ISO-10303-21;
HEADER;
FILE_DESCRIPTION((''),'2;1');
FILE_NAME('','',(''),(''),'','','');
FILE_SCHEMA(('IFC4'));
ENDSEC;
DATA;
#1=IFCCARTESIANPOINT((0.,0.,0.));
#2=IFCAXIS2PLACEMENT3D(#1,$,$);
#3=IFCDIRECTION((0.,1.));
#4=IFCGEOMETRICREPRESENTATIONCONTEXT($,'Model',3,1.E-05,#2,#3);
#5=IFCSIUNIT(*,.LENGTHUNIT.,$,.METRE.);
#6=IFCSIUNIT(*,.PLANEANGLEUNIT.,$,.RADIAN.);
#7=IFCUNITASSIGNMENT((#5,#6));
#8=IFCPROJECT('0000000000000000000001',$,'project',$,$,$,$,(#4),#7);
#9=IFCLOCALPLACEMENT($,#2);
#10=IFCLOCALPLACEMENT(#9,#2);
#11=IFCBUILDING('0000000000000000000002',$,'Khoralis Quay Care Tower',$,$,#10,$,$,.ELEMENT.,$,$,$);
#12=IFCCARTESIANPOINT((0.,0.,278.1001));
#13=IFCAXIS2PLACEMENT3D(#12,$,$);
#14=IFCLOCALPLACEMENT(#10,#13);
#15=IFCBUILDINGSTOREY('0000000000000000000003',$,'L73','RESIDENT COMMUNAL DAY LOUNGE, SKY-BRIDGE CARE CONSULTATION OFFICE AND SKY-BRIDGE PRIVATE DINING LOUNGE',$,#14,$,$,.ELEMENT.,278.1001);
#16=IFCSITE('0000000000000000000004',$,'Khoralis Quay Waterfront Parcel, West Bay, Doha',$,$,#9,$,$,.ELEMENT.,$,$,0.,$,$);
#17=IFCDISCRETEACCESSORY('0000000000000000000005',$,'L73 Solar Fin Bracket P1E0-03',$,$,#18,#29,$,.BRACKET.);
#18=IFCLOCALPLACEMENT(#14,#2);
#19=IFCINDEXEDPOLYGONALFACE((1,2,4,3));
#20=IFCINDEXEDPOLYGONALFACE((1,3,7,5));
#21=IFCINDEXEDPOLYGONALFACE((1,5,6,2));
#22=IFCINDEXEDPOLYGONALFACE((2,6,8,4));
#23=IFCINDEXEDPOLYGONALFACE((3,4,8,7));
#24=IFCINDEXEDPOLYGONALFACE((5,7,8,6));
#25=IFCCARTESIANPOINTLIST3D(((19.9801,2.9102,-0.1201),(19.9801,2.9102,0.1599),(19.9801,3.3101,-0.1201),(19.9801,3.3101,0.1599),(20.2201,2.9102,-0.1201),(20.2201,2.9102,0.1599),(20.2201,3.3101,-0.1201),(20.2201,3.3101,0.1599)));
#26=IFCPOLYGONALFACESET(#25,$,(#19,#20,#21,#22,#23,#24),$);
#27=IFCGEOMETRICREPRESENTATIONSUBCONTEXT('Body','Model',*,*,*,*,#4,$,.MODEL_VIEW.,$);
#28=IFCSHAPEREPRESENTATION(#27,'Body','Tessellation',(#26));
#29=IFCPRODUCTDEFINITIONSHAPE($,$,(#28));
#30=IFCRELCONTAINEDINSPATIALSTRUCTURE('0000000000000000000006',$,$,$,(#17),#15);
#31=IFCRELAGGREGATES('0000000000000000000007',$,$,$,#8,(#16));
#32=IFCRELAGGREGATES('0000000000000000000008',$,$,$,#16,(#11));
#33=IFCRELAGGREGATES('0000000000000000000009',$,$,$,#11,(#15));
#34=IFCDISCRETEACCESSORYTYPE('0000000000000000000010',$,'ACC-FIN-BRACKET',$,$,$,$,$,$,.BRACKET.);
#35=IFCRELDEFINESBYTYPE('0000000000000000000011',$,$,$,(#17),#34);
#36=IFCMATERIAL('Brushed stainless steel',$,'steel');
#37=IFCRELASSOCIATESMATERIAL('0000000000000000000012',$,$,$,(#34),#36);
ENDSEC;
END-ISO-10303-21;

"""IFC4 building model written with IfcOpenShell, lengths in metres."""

from ifc_helpers import new_model, si_unit, direction, frame, origin, origin_2d, place, context, subcontext, project, spatial, rectangle, extrude, source, transform, mapped, material, type_object, element, save


model = new_model("IFC4")

# Units and contexts
model_context = context("Model", 3, precision=1e-05, world=origin(), true_north=direction((0.0, 1.0)))
body_context = subcontext(model_context, "Body", "Model", "MODEL_VIEW")
ifc_project = project(units=[si_unit("LENGTHUNIT", "METRE"), si_unit("PLANEANGLEUNIT", "RADIAN")], contexts=[model_context])

# Site, building, storey
site_placement = place(None, origin())
site = spatial("IfcSite", under=ifc_project, at=site_placement, Name="Khoralis Quay Waterfront Parcel, West Bay, Doha", CompositionType="ELEMENT", RefElevation=0.0)
building_placement = place(site_placement, origin())
building = spatial("IfcBuilding", under=site, at=building_placement, Name="Khoralis Quay Care Tower", CompositionType="ELEMENT")
storey_placement = place(building_placement, frame((0.0, 0.0, 278.1001)))
storey = spatial("IfcBuildingStorey", under=building, at=storey_placement, Name="L73", Description="RESIDENT COMMUNAL DAY LOUNGE, SKY-BRIDGE CARE CONSULTATION OFFICE AND SKY-BRIDGE PRIVATE DINING LOUNGE", CompositionType="ELEMENT", Elevation=278.1001)

# Discrete accessory
ifc_material_1 = material(Name="Brushed stainless steel", Category="steel")
discrete_accessory_type = type_object("IfcDiscreteAccessoryType", Name="ACC-FIN-BRACKET", PredefinedType="BRACKET", material=ifc_material_1)
shared_shape_1 = source(origin(), body_context, "Body", "SweptSolid", [
    extrude(rectangle(XDim=0.3999, YDim=0.24, at=origin_2d()), origin(), (0.0, 0.0, 1.0), 0.28),
])
for number, where, z_axis, x_axis, name in (
    (1, (20.1001, 3.1101, -0.1201), (0.0, 0.0, 1.0), (0.0, -1.0, 0.0), "L73 Solar Fin Bracket P1E0-03"),
):
    element("IfcDiscreteAccessory", number, at=place(storey_placement, frame(where, z_axis=z_axis, x_axis=x_axis)), inside=storey, type_object=discrete_accessory_type, Name=name, PredefinedType="BRACKET", context=body_context, shape_type="MappedRepresentation", body=[
        mapped(shared_shape_1, transform((0.0, 0.0, 0.0), scale=1.0)),
    ])

save(model, "model.ifc")
